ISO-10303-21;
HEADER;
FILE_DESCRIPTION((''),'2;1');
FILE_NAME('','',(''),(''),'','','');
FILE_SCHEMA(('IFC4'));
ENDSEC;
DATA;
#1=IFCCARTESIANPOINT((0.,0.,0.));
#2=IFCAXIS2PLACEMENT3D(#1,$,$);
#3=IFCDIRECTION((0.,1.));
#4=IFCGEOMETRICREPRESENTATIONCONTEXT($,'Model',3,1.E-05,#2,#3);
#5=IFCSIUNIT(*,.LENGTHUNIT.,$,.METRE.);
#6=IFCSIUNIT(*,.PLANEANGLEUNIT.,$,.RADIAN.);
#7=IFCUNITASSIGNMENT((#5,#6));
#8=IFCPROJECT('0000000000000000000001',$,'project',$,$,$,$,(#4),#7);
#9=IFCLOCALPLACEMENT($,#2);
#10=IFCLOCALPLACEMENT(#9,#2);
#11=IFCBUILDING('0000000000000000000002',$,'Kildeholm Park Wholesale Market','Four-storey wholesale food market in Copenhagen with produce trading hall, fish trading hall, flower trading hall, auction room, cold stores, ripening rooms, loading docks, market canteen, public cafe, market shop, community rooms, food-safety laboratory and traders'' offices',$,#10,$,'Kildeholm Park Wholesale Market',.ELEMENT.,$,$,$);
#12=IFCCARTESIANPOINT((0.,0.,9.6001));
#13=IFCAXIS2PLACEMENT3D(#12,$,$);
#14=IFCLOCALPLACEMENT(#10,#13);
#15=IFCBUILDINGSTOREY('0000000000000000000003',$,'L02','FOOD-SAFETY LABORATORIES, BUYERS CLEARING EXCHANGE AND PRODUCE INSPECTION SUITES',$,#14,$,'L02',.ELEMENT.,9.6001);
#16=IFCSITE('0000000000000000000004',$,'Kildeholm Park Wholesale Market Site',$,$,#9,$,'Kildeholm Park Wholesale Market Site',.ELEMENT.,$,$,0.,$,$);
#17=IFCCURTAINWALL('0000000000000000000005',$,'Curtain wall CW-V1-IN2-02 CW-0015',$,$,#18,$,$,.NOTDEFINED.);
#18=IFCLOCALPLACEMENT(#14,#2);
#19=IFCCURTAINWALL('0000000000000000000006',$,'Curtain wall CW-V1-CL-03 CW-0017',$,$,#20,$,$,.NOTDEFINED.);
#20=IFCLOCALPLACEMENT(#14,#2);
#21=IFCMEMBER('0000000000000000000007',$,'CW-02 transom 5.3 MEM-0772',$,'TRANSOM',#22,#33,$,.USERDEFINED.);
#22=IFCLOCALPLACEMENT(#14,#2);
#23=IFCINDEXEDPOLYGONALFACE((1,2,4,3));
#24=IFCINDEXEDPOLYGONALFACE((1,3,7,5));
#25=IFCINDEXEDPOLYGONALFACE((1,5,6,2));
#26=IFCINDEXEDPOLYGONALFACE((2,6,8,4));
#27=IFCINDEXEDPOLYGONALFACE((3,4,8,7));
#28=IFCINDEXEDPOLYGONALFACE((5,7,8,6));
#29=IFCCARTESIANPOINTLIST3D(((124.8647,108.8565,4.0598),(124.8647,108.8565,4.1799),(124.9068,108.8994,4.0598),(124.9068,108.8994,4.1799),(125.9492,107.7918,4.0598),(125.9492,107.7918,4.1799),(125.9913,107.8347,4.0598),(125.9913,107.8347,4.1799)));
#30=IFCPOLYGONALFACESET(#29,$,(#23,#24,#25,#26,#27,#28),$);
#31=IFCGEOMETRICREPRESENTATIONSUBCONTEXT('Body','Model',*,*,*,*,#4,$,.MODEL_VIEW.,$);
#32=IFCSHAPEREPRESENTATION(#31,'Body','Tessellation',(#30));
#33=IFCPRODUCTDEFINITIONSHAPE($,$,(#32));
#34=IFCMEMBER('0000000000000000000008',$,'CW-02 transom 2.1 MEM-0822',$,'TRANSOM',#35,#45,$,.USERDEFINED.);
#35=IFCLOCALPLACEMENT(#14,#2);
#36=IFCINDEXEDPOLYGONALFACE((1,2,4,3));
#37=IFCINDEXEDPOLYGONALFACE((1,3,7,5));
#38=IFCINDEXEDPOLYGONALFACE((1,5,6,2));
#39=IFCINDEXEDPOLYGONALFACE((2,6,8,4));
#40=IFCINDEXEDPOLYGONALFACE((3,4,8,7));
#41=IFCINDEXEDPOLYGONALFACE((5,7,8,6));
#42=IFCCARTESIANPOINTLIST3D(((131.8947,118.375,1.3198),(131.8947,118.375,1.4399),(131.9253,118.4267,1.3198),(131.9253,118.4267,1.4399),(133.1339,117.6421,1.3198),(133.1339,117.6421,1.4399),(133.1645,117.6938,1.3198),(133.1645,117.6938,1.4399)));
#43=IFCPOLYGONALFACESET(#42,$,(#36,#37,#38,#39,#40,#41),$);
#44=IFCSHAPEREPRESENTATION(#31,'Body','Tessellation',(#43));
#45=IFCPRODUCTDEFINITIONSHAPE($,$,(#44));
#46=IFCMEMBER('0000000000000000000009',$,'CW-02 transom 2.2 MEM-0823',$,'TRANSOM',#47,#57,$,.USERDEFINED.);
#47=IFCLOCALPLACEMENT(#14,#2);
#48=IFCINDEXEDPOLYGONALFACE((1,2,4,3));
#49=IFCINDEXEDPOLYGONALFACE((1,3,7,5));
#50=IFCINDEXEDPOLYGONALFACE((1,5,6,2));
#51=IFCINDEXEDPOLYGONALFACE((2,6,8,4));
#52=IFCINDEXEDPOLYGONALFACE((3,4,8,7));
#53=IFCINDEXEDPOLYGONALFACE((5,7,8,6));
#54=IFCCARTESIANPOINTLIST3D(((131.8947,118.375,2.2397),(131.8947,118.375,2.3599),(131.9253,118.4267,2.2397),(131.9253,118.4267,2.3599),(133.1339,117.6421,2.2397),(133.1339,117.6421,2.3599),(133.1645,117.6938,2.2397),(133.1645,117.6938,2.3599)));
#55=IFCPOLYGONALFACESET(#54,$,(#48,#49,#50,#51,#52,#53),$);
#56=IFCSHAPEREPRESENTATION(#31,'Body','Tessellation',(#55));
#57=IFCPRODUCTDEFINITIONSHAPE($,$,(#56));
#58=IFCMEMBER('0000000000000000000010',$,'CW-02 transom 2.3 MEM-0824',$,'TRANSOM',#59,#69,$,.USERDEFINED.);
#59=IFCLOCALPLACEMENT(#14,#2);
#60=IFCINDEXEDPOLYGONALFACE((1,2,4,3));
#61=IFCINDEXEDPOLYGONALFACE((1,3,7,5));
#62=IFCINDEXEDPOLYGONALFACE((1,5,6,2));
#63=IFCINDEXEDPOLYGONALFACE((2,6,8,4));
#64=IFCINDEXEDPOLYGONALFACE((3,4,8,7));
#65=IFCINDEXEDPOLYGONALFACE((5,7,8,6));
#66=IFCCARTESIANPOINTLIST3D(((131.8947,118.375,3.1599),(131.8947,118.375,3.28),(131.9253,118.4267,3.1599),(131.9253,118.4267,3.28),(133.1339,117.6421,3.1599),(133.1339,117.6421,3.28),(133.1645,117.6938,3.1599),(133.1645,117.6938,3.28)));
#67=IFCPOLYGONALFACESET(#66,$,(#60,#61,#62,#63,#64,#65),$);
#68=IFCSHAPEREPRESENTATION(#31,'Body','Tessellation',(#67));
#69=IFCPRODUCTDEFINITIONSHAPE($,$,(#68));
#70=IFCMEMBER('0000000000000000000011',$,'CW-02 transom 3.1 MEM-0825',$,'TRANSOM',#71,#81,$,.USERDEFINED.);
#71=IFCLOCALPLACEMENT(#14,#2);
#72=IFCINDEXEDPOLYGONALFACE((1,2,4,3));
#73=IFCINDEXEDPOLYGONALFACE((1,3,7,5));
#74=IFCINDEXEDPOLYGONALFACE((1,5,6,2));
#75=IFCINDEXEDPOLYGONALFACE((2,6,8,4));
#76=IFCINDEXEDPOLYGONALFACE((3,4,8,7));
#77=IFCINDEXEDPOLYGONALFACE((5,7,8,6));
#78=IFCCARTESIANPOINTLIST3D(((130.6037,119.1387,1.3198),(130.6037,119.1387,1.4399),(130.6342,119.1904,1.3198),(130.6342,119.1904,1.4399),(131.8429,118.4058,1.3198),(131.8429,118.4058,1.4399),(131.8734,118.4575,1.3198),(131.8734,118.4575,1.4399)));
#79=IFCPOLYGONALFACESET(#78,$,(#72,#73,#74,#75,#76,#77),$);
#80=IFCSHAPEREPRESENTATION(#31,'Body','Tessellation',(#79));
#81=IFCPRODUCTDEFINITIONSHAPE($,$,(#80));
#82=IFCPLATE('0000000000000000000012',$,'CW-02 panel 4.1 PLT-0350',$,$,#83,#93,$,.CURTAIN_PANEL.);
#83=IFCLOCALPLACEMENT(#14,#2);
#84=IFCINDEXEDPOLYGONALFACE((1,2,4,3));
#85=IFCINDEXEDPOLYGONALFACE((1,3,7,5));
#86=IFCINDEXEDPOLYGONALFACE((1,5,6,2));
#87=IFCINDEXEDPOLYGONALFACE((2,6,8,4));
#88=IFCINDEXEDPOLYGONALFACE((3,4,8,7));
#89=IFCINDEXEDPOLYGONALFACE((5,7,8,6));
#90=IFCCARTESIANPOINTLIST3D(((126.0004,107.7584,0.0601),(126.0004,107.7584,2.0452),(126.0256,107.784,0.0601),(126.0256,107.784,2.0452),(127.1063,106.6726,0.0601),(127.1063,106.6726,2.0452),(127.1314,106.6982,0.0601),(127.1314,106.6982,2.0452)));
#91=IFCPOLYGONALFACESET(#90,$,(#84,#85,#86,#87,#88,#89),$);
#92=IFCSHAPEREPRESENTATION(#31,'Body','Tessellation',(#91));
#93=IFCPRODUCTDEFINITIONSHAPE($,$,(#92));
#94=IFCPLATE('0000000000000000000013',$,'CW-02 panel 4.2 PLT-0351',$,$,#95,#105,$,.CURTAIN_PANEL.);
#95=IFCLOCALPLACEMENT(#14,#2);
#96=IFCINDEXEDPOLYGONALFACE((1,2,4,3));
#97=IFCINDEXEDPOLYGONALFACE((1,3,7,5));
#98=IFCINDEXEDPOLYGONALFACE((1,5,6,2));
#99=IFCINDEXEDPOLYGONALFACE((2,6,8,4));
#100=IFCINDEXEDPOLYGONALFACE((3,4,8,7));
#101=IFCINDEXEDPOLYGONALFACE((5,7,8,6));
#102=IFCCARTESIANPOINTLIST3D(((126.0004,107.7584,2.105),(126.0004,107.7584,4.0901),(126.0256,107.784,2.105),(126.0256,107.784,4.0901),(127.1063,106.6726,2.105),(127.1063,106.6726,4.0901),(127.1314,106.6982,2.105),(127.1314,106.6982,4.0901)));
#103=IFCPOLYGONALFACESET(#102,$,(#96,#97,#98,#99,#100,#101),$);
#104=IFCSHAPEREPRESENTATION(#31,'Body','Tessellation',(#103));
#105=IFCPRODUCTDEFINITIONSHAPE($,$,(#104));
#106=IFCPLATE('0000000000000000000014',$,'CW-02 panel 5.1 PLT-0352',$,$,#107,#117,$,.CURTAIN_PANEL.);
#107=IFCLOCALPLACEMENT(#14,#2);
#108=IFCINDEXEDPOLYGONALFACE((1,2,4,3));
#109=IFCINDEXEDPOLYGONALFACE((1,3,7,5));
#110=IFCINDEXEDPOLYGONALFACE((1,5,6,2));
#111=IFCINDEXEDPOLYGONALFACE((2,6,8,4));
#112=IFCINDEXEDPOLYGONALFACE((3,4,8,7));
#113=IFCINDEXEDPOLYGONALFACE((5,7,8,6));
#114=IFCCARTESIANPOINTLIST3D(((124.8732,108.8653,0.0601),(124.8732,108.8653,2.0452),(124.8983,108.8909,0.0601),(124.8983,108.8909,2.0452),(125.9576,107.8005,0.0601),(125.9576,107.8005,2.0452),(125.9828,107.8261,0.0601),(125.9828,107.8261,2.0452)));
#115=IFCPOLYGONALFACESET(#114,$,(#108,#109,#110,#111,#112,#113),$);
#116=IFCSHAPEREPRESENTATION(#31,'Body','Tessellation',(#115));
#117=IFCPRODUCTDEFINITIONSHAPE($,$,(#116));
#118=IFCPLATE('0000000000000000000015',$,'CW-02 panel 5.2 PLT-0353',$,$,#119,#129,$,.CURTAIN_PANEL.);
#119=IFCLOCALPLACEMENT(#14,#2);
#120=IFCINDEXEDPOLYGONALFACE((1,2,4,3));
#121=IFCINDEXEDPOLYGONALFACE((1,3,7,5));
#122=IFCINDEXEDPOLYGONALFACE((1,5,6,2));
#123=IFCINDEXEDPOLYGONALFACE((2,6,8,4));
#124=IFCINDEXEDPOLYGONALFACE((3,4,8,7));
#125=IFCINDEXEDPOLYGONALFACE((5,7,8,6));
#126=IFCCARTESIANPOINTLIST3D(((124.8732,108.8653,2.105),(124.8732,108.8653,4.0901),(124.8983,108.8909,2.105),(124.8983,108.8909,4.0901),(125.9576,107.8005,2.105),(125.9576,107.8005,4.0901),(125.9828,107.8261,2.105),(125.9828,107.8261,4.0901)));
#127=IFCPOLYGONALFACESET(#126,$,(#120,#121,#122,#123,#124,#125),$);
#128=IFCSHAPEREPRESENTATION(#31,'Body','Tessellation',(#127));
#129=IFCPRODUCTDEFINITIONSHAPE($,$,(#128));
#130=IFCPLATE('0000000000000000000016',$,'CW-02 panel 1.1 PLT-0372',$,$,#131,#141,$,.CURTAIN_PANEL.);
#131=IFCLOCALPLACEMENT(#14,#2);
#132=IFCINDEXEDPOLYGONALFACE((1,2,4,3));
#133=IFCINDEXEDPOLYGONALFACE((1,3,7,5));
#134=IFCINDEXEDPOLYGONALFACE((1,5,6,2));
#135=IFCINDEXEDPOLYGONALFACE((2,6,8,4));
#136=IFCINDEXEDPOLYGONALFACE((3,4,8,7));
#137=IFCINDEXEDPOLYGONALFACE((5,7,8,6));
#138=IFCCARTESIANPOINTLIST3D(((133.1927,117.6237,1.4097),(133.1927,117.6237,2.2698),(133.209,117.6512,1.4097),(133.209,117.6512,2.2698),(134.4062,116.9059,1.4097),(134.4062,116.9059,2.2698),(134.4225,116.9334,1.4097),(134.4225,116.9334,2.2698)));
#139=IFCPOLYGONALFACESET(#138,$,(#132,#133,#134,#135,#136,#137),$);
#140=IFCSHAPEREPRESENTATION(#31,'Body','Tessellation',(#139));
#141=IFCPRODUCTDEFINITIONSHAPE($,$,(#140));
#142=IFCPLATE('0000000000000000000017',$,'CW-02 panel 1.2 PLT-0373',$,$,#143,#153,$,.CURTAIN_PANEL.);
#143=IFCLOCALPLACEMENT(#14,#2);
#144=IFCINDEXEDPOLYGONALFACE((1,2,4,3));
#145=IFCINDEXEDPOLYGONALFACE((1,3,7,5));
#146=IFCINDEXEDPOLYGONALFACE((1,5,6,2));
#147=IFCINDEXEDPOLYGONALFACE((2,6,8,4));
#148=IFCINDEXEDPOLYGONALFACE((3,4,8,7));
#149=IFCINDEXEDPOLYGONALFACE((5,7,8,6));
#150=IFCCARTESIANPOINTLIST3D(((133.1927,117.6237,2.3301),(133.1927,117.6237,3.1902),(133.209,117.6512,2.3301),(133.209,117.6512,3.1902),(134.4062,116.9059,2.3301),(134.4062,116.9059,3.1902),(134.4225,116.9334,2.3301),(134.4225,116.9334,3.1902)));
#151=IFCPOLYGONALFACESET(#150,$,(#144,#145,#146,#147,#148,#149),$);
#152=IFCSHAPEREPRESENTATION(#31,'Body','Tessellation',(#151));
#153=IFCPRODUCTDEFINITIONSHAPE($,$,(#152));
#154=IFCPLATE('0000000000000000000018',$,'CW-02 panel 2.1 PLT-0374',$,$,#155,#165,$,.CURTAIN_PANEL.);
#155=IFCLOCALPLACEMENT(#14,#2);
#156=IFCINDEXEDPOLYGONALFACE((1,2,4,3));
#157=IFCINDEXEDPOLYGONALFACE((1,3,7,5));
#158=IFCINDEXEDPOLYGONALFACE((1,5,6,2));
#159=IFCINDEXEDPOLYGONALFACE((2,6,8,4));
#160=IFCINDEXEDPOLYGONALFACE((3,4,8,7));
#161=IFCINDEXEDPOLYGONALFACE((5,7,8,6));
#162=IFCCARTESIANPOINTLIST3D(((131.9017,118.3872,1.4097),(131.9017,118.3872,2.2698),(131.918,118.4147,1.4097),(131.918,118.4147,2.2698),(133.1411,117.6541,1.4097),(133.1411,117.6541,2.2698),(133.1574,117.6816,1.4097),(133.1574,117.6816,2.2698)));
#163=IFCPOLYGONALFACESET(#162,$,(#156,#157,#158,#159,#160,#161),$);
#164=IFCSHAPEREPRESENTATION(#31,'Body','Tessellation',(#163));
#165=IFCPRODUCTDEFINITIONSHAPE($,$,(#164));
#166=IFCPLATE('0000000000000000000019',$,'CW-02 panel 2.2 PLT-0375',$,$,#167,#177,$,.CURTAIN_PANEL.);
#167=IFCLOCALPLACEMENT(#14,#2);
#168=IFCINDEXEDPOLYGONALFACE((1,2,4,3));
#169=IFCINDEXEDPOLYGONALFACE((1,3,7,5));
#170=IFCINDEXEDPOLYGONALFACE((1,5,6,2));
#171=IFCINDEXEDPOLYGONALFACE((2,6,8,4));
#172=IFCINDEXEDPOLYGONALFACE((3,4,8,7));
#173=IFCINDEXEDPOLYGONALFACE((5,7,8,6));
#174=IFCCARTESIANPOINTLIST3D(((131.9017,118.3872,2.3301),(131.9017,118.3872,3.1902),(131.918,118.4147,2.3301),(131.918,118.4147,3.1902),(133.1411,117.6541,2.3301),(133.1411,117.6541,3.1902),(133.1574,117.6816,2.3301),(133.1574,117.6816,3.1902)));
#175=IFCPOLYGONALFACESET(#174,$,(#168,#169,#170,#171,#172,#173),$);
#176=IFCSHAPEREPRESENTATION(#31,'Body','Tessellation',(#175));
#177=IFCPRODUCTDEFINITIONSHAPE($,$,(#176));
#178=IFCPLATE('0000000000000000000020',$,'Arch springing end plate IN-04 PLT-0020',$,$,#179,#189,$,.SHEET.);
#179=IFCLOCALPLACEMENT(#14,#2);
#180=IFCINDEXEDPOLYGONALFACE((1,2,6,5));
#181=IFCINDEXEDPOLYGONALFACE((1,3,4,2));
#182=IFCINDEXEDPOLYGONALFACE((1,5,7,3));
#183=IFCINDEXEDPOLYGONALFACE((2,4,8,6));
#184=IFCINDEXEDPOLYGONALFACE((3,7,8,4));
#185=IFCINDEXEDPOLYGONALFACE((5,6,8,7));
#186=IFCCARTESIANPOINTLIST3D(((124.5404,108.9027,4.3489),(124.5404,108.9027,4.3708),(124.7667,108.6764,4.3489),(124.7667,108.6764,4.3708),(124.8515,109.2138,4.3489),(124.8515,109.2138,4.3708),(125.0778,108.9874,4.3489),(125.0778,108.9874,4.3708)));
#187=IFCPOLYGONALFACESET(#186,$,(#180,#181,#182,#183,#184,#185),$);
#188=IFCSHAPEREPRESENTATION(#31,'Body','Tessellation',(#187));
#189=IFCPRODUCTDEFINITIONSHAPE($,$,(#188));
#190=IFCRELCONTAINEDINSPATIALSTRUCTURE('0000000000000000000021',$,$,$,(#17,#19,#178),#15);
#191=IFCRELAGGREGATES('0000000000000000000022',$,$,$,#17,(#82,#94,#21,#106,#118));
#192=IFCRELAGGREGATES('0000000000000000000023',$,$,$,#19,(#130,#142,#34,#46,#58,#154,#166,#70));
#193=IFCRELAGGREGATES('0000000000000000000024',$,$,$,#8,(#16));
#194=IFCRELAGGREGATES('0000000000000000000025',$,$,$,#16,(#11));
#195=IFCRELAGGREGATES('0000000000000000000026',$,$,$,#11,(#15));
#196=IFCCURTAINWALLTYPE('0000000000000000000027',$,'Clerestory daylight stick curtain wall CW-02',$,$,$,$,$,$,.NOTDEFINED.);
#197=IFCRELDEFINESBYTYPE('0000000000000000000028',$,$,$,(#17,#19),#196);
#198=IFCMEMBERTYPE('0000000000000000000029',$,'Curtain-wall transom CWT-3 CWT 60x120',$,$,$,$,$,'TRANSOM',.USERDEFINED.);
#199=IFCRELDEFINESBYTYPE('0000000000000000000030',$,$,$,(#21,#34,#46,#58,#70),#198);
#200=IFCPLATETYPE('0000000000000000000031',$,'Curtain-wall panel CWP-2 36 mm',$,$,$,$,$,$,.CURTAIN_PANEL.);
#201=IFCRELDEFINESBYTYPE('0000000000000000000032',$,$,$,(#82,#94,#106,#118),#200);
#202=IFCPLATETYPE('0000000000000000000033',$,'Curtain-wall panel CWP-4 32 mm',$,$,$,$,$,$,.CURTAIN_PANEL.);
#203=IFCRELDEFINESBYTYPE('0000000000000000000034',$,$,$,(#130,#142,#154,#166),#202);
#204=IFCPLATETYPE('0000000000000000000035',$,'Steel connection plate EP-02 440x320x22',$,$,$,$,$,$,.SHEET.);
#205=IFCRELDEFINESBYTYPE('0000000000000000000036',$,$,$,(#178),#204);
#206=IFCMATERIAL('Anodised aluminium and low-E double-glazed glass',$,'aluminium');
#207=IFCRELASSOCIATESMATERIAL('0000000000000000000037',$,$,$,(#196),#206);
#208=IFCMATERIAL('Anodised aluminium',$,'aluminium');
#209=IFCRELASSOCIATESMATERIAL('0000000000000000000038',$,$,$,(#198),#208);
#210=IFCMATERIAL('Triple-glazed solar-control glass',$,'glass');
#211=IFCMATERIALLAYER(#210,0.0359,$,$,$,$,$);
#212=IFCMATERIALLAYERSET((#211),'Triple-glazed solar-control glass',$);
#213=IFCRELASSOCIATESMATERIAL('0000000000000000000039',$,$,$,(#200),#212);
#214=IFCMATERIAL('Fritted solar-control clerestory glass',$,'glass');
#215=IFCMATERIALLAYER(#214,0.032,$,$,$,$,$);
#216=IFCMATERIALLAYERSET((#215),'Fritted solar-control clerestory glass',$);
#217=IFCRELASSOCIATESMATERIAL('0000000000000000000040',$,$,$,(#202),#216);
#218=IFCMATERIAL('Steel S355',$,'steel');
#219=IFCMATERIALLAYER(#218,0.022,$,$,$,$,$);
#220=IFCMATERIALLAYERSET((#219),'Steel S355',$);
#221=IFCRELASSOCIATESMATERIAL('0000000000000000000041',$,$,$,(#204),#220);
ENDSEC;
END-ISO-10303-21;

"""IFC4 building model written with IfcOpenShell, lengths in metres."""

from ifc_helpers import new_model, si_unit, direction, frame, origin, origin_2d, place, context, subcontext, project, spatial, rectangle, extrude, material, layer, layer_set, material_profile, profile_set, type_object, element, aggregate, save


model = new_model("IFC4")

# Units and contexts
model_context = context("Model", 3, precision=1e-05, world=origin(), true_north=direction((0.0, 1.0)))
body_context = subcontext(model_context, "Body", "Model", "MODEL_VIEW")
ifc_project = project(units=[si_unit("LENGTHUNIT", "METRE"), si_unit("PLANEANGLEUNIT", "RADIAN")], contexts=[model_context])

# Site, building, storey
site_placement = place(None, origin())
site = spatial("IfcSite", under=ifc_project, at=site_placement, Name="Kildeholm Park Wholesale Market Site", LongName="Kildeholm Park Wholesale Market Site", CompositionType="ELEMENT", RefElevation=0.0)
building_placement = place(site_placement, origin())
building = spatial("IfcBuilding", under=site, at=building_placement, Name="Kildeholm Park Wholesale Market", Description="Four-storey wholesale food market in Copenhagen with produce trading hall, fish trading hall, flower trading hall, auction room, cold stores, ripening rooms, loading docks, market canteen, public cafe, market shop, community rooms, food-safety laboratory and traders' offices", LongName="Kildeholm Park Wholesale Market", CompositionType="ELEMENT")
storey_placement = place(building_placement, frame((0.0, 0.0, 9.6001)))
storey = spatial("IfcBuildingStorey", under=building, at=storey_placement, Name="L02", Description="FOOD-SAFETY LABORATORIES, BUYERS CLEARING EXCHANGE AND PRODUCE INSPECTION SUITES", LongName="L02", CompositionType="ELEMENT", Elevation=9.6001)

# Shared definitions
ifc_material_1 = material(Name="Steel S355", Category="steel")

# Curtain walls
ifc_material_2 = material(Name="Anodised aluminium and low-E double-glazed glass", Category="aluminium")
curtain_wall_type = type_object("IfcCurtainWallType", Name="Clerestory daylight stick curtain wall CW-02", PredefinedType="NOTDEFINED", material=ifc_material_2)
curtain_wall_1_placement = place(storey_placement, origin())
curtain_wall_1 = element("IfcCurtainWall", 1, at=curtain_wall_1_placement, inside=storey, type_object=curtain_wall_type, Name="Curtain wall CW-V1-IN2-02 CW-0015", PredefinedType="NOTDEFINED")
ifc_material_3 = material(Name="Anodised aluminium", Category="aluminium")
curtain_wall_2_placement = place(storey_placement, origin())
curtain_wall_2 = element("IfcCurtainWall", 2, at=curtain_wall_2_placement, inside=storey, type_object=curtain_wall_type, Name="Curtain wall CW-V1-CL-03 CW-0017", PredefinedType="NOTDEFINED")

# Members
ifc_material_profile_1 = material_profile(ifc_material_3, rectangle(XDim=0.0601, YDim=0.1201, at=origin_2d()), Name="CWT 60x120")
ifc_profile_set_1 = profile_set([ifc_material_profile_1], Name="Anodised aluminium")
member_type_1 = type_object("IfcMemberType", Name="Curtain-wall transom CWT-3 CWT 60x120", ElementType="TRANSOM", PredefinedType="USERDEFINED", material=ifc_profile_set_1)
member_1_placement = place(storey_placement, frame((125.9702, 107.8132, 4.1199), z_axis=(-0.713583, 0.700571, 0.0), x_axis=(-0.700571, -0.713583, 0.0)))
member_1 = element("IfcMember", 3, at=member_1_placement, type_object=member_type_1, Name="CW-02 transom 5.3 MEM-0772", ObjectType="TRANSOM", PredefinedType="USERDEFINED", context=body_context, shape_type="SweptSolid", body=[
    extrude(rectangle(XDim=0.0601, YDim=0.1201, at=origin_2d()), origin(), (0.0, 0.0, 1.0), 1.5198),
])
member_2_placement = place(storey_placement, frame((133.1492, 117.668, 1.3799), z_axis=(-0.860737, 0.509049, 0.0), x_axis=(-0.509049, -0.860737, 0.0)))
member_2 = element("IfcMember", 4, at=member_2_placement, type_object=member_type_1, Name="CW-02 transom 2.1 MEM-0822", ObjectType="TRANSOM", PredefinedType="USERDEFINED", context=body_context, shape_type="SweptSolid", body=[
    extrude(rectangle(XDim=0.0601, YDim=0.1201, at=origin_2d()), origin(), (0.0, 0.0, 1.0), 1.4397),
])
member_3_placement = place(storey_placement, frame((133.1492, 117.668, 2.2998), z_axis=(-0.860737, 0.509049, 0.0), x_axis=(-0.509049, -0.860737, 0.0)))
member_3 = element("IfcMember", 5, at=member_3_placement, type_object=member_type_1, Name="CW-02 transom 2.2 MEM-0823", ObjectType="TRANSOM", PredefinedType="USERDEFINED", context=body_context, shape_type="SweptSolid", body=[
    extrude(rectangle(XDim=0.0601, YDim=0.1201, at=origin_2d()), origin(), (0.0, 0.0, 1.0), 1.4397),
])
member_4_placement = place(storey_placement, frame((133.1492, 117.668, 3.22), z_axis=(-0.860737, 0.509049, 0.0), x_axis=(-0.509049, -0.860737, 0.0)))
member_4 = element("IfcMember", 6, at=member_4_placement, type_object=member_type_1, Name="CW-02 transom 2.3 MEM-0824", ObjectType="TRANSOM", PredefinedType="USERDEFINED", context=body_context, shape_type="SweptSolid", body=[
    extrude(rectangle(XDim=0.0601, YDim=0.1201, at=origin_2d()), origin(), (0.0, 0.0, 1.0), 1.4397),
])
member_5_placement = place(storey_placement, frame((131.8582, 118.4316, 1.3799), z_axis=(-0.860737, 0.509049, 0.0), x_axis=(-0.509049, -0.860737, 0.0)))
member_5 = element("IfcMember", 7, at=member_5_placement, type_object=member_type_1, Name="CW-02 transom 3.1 MEM-0825", ObjectType="TRANSOM", PredefinedType="USERDEFINED", context=body_context, shape_type="SweptSolid", body=[
    extrude(rectangle(XDim=0.0601, YDim=0.1201, at=origin_2d()), origin(), (0.0, 0.0, 1.0), 1.4397),
])

# Plates
ifc_material_4 = material(Name="Triple-glazed solar-control glass", Category="glass")
ifc_layer_1 = layer(ifc_material_4, 0.0359)
ifc_layer_set_1 = layer_set([ifc_layer_1], Name="Triple-glazed solar-control glass")
plate_type_1 = type_object("IfcPlateType", Name="Curtain-wall panel CWP-2 36 mm", PredefinedType="CURTAIN_PANEL", material=ifc_layer_set_1)
plate_1_placement = place(storey_placement, frame((126.5659, 107.2283, 0.0601), z_axis=(0.0, 0.0, 1.0), x_axis=(-0.713538, 0.700617, 0.0)))
plate_1 = element("IfcPlate", 8, at=plate_1_placement, type_object=plate_type_1, Name="CW-02 panel 4.1 PLT-0350", PredefinedType="CURTAIN_PANEL", context=body_context, shape_type="SweptSolid", body=[
    extrude(rectangle(XDim=1.5498, YDim=0.0359, at=origin_2d()), origin(), (0.0, 0.0, 1.0), 1.9851),
])
plate_2_placement = place(storey_placement, frame((126.5659, 107.2283, 2.105), z_axis=(0.0, 0.0, 1.0), x_axis=(-0.713538, 0.700617, 0.0)))
plate_2 = element("IfcPlate", 9, at=plate_2_placement, type_object=plate_type_1, Name="CW-02 panel 4.2 PLT-0351", PredefinedType="CURTAIN_PANEL", context=body_context, shape_type="SweptSolid", body=[
    extrude(rectangle(XDim=1.5498, YDim=0.0359, at=origin_2d()), origin(), (0.0, 0.0, 1.0), 1.9851),
])
plate_3_placement = place(storey_placement, frame((125.428, 108.3457, 0.0601), z_axis=(0.0, 0.0, 1.0), x_axis=(-0.713538, 0.700617, 0.0)))
plate_3 = element("IfcPlate", 10, at=plate_3_placement, type_object=plate_type_1, Name="CW-02 panel 5.1 PLT-0352", PredefinedType="CURTAIN_PANEL", context=body_context, shape_type="SweptSolid", body=[
    extrude(rectangle(XDim=1.5198, YDim=0.0359, at=origin_2d()), origin(), (0.0, 0.0, 1.0), 1.9851),
])
plate_4_placement = place(storey_placement, frame((125.428, 108.3457, 2.105), z_axis=(0.0, 0.0, 1.0), x_axis=(-0.713538, 0.700617, 0.0)))
plate_4 = element("IfcPlate", 11, at=plate_4_placement, type_object=plate_type_1, Name="CW-02 panel 5.2 PLT-0353", PredefinedType="CURTAIN_PANEL", context=body_context, shape_type="SweptSolid", body=[
    extrude(rectangle(XDim=1.5198, YDim=0.0359, at=origin_2d()), origin(), (0.0, 0.0, 1.0), 1.9851),
])
aggregate(curtain_wall_1, [plate_1, plate_2, member_1, plate_3, plate_4])
ifc_material_5 = material(Name="Fritted solar-control clerestory glass", Category="glass")
ifc_layer_2 = layer(ifc_material_5, 0.032)
ifc_layer_set_2 = layer_set([ifc_layer_2], Name="Fritted solar-control clerestory glass")
plate_type_2 = type_object("IfcPlateType", Name="Curtain-wall panel CWP-4 32 mm", PredefinedType="CURTAIN_PANEL", material=ifc_layer_set_2)
plate_5_placement = place(storey_placement, frame((133.8076, 117.2786, 1.4097), z_axis=(0.0, 0.0, 1.0), x_axis=(-0.860704, 0.509105, 0.0)))
plate_5 = element("IfcPlate", 12, at=plate_5_placement, type_object=plate_type_2, Name="CW-02 panel 1.1 PLT-0372", PredefinedType="CURTAIN_PANEL", context=body_context, shape_type="SweptSolid", body=[
    extrude(rectangle(XDim=1.4099, YDim=0.032, at=origin_2d()), origin(), (0.0, 0.0, 1.0), 0.8601),
])
plate_6_placement = place(storey_placement, frame((133.8076, 117.2786, 2.3301), z_axis=(0.0, 0.0, 1.0), x_axis=(-0.860704, 0.509105, 0.0)))
plate_6 = element("IfcPlate", 13, at=plate_6_placement, type_object=plate_type_2, Name="CW-02 panel 1.2 PLT-0373", PredefinedType="CURTAIN_PANEL", context=body_context, shape_type="SweptSolid", body=[
    extrude(rectangle(XDim=1.4099, YDim=0.032, at=origin_2d()), origin(), (0.0, 0.0, 1.0), 0.8601),
])
plate_7_placement = place(storey_placement, frame((132.5295, 118.0344, 1.4097), z_axis=(0.0, 0.0, 1.0), x_axis=(-0.860704, 0.509105, 0.0)))
plate_7 = element("IfcPlate", 14, at=plate_7_placement, type_object=plate_type_2, Name="CW-02 panel 2.1 PLT-0374", PredefinedType="CURTAIN_PANEL", context=body_context, shape_type="SweptSolid", body=[
    extrude(rectangle(XDim=1.4399, YDim=0.032, at=origin_2d()), origin(), (0.0, 0.0, 1.0), 0.8601),
])
plate_8_placement = place(storey_placement, frame((132.5295, 118.0344, 2.3301), z_axis=(0.0, 0.0, 1.0), x_axis=(-0.860704, 0.509105, 0.0)))
plate_8 = element("IfcPlate", 15, at=plate_8_placement, type_object=plate_type_2, Name="CW-02 panel 2.2 PLT-0375", PredefinedType="CURTAIN_PANEL", context=body_context, shape_type="SweptSolid", body=[
    extrude(rectangle(XDim=1.4399, YDim=0.032, at=origin_2d()), origin(), (0.0, 0.0, 1.0), 0.8601),
])
aggregate(curtain_wall_2, [plate_5, plate_6, member_2, member_3, member_4, plate_7, plate_8, member_5])
ifc_layer_3 = layer(ifc_material_1, 0.022)
ifc_layer_set_3 = layer_set([ifc_layer_3], Name="Steel S355")
plate_type_3 = type_object("IfcPlateType", Name="Steel connection plate EP-02 440x320x22", PredefinedType="SHEET", material=ifc_layer_set_3)
plate_9_placement = place(storey_placement, frame((124.8091, 108.9451, 4.3489), z_axis=(0.0, 0.0, 1.0), x_axis=(0.707107, 0.707107, 0.0)))
element("IfcPlate", 16, at=plate_9_placement, inside=storey, type_object=plate_type_3, Name="Arch springing end plate IN-04 PLT-0020", PredefinedType="SHEET", context=body_context, shape_type="SweptSolid", body=[
    extrude(rectangle(XDim=0.4399, YDim=0.3201, at=origin_2d()), origin(), (0.0, 0.0, 1.0), 0.022),
])

save(model, "model.ifc")
